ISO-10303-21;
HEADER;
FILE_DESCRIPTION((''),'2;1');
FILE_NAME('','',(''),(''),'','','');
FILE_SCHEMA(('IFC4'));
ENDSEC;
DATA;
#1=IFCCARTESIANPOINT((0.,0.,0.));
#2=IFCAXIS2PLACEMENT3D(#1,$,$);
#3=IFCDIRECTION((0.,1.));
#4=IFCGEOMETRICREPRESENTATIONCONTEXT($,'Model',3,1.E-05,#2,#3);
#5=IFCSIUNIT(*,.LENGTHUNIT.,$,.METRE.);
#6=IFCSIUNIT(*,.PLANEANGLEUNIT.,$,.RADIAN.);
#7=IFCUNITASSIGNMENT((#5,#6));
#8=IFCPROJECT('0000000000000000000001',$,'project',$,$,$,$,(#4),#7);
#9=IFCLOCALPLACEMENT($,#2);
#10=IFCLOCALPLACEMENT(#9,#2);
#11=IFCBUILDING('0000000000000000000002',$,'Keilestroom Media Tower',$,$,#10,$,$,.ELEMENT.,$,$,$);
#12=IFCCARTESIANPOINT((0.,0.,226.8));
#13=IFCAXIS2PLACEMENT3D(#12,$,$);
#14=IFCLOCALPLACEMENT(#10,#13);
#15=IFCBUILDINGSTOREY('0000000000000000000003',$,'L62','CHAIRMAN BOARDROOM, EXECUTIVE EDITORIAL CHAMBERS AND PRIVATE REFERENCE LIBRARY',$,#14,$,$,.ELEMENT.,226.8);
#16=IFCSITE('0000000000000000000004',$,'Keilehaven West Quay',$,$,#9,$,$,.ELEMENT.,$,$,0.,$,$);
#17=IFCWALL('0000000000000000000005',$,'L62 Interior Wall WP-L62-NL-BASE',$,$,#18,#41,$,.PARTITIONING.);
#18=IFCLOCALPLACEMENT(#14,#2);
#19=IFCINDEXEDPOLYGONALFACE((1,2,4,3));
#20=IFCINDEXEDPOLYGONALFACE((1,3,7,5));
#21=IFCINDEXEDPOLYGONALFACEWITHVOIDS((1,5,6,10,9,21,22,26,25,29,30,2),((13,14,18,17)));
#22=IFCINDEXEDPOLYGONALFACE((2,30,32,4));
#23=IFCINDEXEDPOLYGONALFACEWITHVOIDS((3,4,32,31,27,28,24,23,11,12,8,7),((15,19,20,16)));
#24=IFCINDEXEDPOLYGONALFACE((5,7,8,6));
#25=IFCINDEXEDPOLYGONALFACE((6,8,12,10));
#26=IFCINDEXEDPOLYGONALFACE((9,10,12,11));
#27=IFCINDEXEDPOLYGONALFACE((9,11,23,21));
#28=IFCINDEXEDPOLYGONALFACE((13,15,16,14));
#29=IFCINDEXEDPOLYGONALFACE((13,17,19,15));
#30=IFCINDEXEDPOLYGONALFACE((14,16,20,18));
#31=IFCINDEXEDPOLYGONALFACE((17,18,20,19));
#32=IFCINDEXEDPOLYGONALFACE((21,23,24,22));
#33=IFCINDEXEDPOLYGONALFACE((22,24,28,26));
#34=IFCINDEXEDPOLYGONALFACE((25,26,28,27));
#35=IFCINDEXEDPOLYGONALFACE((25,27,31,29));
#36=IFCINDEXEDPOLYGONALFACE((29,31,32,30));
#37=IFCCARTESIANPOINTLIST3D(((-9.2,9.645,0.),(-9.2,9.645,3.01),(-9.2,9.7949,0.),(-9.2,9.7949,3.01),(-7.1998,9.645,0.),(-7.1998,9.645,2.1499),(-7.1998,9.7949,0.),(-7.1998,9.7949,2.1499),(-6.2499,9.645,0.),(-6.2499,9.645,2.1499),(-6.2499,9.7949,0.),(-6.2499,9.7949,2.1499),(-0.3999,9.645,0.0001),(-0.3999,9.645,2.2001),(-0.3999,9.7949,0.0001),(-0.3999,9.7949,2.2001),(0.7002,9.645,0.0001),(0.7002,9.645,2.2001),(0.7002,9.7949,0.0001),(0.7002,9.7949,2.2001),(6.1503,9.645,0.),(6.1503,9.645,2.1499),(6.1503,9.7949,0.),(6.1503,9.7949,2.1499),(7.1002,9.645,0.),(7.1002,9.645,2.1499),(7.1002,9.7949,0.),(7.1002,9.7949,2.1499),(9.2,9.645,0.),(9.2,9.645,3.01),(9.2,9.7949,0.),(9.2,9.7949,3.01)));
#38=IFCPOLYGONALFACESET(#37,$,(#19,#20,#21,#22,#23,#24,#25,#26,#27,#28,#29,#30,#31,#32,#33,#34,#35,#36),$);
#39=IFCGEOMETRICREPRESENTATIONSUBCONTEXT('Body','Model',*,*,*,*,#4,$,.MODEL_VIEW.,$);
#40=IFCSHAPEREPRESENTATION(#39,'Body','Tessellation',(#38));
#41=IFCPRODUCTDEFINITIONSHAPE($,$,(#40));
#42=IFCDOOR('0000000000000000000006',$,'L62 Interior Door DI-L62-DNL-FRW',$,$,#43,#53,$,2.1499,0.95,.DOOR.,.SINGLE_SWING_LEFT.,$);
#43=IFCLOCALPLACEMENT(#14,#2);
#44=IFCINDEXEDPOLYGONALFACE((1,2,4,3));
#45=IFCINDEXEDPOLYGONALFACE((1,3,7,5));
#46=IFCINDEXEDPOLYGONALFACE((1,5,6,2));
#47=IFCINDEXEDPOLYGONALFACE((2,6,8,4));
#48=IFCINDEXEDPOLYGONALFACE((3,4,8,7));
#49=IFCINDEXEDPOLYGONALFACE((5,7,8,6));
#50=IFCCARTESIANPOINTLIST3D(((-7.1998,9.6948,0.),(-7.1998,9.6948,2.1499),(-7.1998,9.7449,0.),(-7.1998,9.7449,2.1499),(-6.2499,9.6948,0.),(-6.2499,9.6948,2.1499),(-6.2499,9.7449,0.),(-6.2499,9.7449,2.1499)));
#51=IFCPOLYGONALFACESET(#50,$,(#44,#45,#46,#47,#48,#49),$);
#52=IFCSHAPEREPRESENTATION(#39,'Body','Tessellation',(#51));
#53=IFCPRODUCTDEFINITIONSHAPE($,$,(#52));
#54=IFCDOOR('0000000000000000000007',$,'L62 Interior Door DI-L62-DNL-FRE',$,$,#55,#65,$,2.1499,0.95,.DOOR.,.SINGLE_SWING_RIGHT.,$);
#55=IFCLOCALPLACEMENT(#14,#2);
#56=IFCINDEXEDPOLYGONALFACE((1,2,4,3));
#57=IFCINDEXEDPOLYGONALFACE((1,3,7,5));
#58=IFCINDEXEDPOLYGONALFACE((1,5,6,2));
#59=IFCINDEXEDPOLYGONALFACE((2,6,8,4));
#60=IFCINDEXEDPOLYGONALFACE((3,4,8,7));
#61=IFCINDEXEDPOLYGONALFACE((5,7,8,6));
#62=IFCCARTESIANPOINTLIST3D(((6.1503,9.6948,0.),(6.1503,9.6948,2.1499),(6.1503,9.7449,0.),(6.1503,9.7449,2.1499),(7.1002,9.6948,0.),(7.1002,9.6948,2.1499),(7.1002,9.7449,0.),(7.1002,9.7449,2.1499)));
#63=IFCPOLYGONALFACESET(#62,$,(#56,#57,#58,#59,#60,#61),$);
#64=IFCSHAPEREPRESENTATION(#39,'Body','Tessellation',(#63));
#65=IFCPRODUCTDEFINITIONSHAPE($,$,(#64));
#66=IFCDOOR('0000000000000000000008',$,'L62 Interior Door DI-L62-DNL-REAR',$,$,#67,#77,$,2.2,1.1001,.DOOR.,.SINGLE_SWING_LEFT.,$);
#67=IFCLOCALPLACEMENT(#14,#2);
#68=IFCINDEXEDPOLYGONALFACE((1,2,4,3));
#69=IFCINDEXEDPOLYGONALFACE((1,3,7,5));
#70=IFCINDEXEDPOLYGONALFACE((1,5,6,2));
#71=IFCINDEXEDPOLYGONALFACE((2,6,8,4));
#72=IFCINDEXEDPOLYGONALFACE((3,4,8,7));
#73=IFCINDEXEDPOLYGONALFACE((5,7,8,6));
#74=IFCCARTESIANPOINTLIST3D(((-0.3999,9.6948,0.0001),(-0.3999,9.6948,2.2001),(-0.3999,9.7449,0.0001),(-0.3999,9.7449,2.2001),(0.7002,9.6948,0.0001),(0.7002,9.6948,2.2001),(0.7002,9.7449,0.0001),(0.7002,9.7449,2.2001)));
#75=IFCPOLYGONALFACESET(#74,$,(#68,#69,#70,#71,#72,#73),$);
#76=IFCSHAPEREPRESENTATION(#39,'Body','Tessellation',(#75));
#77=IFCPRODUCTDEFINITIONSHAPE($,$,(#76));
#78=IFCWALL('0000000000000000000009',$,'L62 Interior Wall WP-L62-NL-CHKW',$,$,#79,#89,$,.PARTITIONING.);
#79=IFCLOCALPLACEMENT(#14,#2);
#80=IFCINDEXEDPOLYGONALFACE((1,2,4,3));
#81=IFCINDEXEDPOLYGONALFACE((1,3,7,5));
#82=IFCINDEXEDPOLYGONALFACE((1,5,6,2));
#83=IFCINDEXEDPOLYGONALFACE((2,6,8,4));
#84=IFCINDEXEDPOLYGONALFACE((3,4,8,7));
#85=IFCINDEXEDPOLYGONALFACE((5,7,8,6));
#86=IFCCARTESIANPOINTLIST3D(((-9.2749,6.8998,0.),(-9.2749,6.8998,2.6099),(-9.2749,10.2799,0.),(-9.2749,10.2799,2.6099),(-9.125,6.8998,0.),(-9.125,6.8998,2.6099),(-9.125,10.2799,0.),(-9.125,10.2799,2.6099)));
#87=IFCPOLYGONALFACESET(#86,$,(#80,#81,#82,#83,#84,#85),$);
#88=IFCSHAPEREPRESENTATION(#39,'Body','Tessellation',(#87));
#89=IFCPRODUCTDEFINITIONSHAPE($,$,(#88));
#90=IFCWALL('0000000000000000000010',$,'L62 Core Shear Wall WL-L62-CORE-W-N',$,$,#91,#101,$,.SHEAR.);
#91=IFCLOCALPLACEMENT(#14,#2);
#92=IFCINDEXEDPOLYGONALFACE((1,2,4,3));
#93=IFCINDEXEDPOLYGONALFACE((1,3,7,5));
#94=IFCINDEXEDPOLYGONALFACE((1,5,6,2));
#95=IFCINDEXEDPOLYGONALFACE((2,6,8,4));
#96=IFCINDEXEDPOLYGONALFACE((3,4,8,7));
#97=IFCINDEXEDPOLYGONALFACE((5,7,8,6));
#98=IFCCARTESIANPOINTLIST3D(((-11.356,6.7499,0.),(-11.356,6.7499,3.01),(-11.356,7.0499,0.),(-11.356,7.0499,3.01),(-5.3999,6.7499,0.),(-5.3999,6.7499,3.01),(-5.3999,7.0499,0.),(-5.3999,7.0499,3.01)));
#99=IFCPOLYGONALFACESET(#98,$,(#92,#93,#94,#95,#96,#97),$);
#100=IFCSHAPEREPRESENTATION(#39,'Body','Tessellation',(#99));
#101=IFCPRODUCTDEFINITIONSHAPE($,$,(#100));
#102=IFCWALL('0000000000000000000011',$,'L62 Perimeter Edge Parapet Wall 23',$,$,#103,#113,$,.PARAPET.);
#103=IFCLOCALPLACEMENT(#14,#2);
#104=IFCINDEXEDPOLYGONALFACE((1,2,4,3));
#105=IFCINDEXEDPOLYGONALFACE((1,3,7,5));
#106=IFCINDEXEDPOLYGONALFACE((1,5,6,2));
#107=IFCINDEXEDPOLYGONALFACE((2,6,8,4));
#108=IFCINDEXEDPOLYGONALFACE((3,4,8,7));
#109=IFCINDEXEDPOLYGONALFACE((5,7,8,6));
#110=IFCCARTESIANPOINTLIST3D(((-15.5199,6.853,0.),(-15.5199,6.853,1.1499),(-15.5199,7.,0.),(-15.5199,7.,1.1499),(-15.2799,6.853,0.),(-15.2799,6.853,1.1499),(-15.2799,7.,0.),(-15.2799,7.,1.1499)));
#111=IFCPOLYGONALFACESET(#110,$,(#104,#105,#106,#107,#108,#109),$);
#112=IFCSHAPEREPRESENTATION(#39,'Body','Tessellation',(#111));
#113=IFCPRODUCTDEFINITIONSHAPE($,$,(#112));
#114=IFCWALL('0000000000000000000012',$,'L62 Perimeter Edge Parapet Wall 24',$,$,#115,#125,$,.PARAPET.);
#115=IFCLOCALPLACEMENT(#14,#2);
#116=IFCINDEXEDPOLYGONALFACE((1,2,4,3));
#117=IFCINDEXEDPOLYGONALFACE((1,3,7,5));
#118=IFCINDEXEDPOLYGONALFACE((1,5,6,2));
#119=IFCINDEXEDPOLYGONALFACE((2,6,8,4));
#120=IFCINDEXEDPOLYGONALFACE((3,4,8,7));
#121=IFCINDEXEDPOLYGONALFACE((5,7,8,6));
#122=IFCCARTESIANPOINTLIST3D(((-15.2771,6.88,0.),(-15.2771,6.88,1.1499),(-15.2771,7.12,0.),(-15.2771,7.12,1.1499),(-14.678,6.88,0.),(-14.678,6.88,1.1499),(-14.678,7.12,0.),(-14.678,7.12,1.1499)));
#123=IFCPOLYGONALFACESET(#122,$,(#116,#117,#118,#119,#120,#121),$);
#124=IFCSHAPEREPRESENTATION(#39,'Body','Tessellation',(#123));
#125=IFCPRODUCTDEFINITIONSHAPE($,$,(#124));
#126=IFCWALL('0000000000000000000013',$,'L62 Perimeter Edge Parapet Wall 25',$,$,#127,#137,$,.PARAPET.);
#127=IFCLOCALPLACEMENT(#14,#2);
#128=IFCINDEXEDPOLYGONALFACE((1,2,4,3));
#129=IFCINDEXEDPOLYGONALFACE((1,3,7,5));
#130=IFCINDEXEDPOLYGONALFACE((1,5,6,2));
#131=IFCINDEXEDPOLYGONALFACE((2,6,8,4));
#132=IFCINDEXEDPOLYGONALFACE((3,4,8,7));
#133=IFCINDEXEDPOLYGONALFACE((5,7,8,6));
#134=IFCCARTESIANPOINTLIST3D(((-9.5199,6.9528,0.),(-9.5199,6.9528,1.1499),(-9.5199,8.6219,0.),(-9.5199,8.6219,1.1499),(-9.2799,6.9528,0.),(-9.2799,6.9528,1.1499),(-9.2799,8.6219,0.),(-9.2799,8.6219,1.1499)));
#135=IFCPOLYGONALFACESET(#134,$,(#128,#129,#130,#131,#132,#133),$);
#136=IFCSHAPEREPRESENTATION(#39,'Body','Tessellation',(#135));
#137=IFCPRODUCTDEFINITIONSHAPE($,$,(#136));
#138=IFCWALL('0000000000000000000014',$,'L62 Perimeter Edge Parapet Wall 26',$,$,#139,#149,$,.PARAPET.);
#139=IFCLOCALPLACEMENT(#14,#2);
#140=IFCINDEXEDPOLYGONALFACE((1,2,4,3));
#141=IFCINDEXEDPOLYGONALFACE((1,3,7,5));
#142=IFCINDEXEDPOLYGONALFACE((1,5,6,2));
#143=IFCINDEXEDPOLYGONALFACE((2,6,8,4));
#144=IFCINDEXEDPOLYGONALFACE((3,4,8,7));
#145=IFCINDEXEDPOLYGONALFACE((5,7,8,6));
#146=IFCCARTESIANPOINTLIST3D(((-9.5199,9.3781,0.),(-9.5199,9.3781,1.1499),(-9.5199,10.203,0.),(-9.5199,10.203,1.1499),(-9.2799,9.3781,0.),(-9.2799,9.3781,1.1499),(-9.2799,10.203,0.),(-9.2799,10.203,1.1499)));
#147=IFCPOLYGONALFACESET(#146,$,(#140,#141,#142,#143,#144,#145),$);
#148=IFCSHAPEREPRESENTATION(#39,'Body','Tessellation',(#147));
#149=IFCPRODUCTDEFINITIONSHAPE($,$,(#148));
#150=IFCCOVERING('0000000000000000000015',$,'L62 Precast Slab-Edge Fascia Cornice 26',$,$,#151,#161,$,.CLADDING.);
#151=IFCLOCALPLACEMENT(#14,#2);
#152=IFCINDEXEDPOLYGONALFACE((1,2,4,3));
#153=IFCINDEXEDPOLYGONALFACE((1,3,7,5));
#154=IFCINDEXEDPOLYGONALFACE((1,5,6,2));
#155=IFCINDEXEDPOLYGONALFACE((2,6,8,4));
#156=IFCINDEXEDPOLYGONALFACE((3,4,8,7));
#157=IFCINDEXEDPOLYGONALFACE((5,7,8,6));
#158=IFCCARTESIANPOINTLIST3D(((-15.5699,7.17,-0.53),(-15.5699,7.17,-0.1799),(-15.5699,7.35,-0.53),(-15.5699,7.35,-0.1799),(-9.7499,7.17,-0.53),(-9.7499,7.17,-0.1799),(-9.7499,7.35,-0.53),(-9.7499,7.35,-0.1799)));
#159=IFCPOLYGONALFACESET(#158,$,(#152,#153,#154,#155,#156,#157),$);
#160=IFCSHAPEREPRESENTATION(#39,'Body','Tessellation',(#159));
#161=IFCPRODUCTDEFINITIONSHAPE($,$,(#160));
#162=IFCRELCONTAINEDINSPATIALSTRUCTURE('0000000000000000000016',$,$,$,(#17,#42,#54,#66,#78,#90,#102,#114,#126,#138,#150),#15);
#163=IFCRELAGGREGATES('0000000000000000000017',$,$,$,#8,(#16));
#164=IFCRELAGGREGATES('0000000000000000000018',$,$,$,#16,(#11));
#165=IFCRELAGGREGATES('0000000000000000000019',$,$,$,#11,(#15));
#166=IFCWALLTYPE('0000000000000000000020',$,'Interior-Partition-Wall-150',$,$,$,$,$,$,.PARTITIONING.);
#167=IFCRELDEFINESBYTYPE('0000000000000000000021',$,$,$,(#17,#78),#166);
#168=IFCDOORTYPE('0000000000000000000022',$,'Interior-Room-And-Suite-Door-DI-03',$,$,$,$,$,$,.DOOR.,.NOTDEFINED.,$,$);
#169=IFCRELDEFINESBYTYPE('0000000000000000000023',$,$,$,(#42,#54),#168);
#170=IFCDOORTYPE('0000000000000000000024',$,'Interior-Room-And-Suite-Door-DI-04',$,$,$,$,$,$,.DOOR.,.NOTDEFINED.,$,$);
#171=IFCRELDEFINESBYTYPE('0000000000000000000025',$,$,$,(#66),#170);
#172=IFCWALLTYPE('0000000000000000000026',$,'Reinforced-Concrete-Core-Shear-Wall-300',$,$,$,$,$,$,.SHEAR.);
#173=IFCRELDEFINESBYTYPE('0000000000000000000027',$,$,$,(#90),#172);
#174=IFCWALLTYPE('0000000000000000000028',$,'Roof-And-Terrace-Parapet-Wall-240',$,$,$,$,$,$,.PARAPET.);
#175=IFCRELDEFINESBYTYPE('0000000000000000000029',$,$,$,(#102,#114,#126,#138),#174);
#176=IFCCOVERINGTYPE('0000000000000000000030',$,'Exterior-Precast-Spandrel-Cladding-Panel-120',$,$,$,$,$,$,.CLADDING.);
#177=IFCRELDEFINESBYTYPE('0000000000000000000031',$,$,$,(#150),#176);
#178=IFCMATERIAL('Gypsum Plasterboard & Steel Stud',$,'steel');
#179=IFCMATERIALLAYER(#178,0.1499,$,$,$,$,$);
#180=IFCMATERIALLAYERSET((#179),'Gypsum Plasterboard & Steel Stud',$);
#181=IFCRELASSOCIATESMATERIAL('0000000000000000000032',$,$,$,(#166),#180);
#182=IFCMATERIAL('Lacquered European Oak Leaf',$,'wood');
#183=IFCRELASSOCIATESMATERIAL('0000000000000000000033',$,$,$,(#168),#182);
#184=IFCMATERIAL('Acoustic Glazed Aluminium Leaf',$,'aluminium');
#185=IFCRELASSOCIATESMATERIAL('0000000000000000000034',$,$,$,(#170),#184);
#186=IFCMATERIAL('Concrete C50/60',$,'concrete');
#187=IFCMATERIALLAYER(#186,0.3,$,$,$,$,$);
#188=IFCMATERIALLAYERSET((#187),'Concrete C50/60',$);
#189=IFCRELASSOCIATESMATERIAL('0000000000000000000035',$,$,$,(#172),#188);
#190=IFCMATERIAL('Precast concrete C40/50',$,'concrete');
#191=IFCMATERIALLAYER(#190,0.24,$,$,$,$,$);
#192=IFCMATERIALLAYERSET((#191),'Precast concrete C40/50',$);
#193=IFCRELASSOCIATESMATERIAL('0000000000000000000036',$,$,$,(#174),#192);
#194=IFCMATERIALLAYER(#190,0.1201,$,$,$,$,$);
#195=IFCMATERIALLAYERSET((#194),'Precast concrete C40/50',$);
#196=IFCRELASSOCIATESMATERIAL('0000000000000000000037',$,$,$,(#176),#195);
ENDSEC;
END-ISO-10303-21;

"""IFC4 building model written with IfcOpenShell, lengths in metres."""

from ifc_helpers import new_model, si_unit, direction, frame, frame_2d, origin, origin_2d, place, context, subcontext, project, spatial, rectangle, extrude, source, transform, mapped, material, layer, layer_set, type_object, element, fill, save


model = new_model("IFC4")

# Units and contexts
model_context = context("Model", 3, precision=1e-05, world=origin(), true_north=direction((0.0, 1.0)))
body_context = subcontext(model_context, "Body", "Model", "MODEL_VIEW")
ifc_project = project(units=[si_unit("LENGTHUNIT", "METRE"), si_unit("PLANEANGLEUNIT", "RADIAN")], contexts=[model_context])

# Site, building, storey
site_placement = place(None, origin())
site = spatial("IfcSite", under=ifc_project, at=site_placement, Name="Keilehaven West Quay", CompositionType="ELEMENT", RefElevation=0.0)
building_placement = place(site_placement, origin())
building = spatial("IfcBuilding", under=site, at=building_placement, Name="Keilestroom Media Tower", CompositionType="ELEMENT")
storey_placement = place(building_placement, frame((0.0, 0.0, 226.8)))
storey = spatial("IfcBuildingStorey", under=building, at=storey_placement, Name="L62", Description="CHAIRMAN BOARDROOM, EXECUTIVE EDITORIAL CHAMBERS AND PRIVATE REFERENCE LIBRARY", CompositionType="ELEMENT", Elevation=226.8)

# Shared definitions
ifc_material_1 = material(Name="Precast concrete C40/50", Category="concrete")
ifc_material_2 = material(Name="Concrete C50/60", Category="concrete")

# Shared definitions
ifc_material_3 = material(Name="Gypsum Plasterboard & Steel Stud", Category="steel")

# Wall, openings, doors
ifc_layer_1 = layer(ifc_material_3, 0.1499)
ifc_layer_set_1 = layer_set([ifc_layer_1], Name="Gypsum Plasterboard & Steel Stud")
wall_type_1 = type_object("IfcWallType", Name="Interior-Partition-Wall-150", PredefinedType="PARTITIONING", material=ifc_layer_set_1)
wall_1_placement = place(storey_placement, frame((-9.2, 9.72, 0.0), z_axis=(0.0, 0.0, 1.0), x_axis=(1.0, 0.0, 0.0)))
wall_1 = element("IfcWall", 1, at=wall_1_placement, inside=storey, type_object=wall_type_1, Name="L62 Interior Wall WP-L62-NL-BASE", PredefinedType="PARTITIONING", context=body_context, shape_type="SweptSolid", body=[
    extrude(rectangle(XDim=18.3999, YDim=0.1499, at=frame_2d((9.2, 0.0))), origin(), (0.0, 0.0, 1.0), 3.01),
])
opening_1_placement = place(wall_1_placement, frame((2.0, 0.0, 0.0)))
opening_1 = element("IfcOpeningElement", 2, at=opening_1_placement, cuts=wall_1, PredefinedType="OPENING", context=body_context, shape_type="SweptSolid", body=[
    extrude(rectangle(XDim=0.95, YDim=2.1499, at=frame_2d((0.4751, 1.075))), frame((0.0, 0.085, 0.0), z_axis=(0.0, -1.0, 0.0), x_axis=(1.0, 0.0, 0.0)), (0.0, 0.0, 1.0), 0.1699),
])
opening_2_placement = place(wall_1_placement, frame((15.3501, 0.0, 0.0)))
opening_2 = element("IfcOpeningElement", 3, at=opening_2_placement, cuts=wall_1, PredefinedType="OPENING", context=body_context, shape_type="SweptSolid", body=[
    extrude(rectangle(XDim=0.95, YDim=2.1499, at=frame_2d((0.4751, 1.075))), frame((0.0, 0.085, 0.0), z_axis=(0.0, -1.0, 0.0), x_axis=(1.0, 0.0, 0.0)), (0.0, 0.0, 1.0), 0.1699),
])
opening_3_placement = place(wall_1_placement, frame((8.8, 0.0, 0.0)))
opening_3 = element("IfcOpeningElement", 4, at=opening_3_placement, cuts=wall_1, PredefinedType="OPENING", context=body_context, shape_type="SweptSolid", body=[
    extrude(rectangle(XDim=1.1001, YDim=2.2, at=frame_2d((0.55, 1.1001))), frame((0.0, 0.085, 0.0), z_axis=(0.0, -1.0, 0.0), x_axis=(1.0, 0.0, 0.0)), (0.0, 0.0, 1.0), 0.1699),
])
ifc_material_4 = material(Name="Lacquered European Oak Leaf", Category="wood")
door_type_1 = type_object("IfcDoorType", Name="Interior-Room-And-Suite-Door-DI-03", OperationType="NOTDEFINED", PredefinedType="DOOR", material=ifc_material_4)
shared_shape_1 = source(origin(), body_context, "Body", "SweptSolid", [
    extrude(rectangle(XDim=0.95, YDim=2.1499, at=frame_2d((0.4751, 1.075))), frame((0.0, 0.0249, 0.0), z_axis=(0.0, -1.0, 0.0), x_axis=(1.0, 0.0, 0.0)), (0.0, 0.0, 1.0), 0.05),
])
door_1_placement = place(opening_1_placement, origin())
door_1 = element("IfcDoor", 5, at=door_1_placement, inside=storey, type_object=door_type_1, Name="L62 Interior Door DI-L62-DNL-FRW", OperationType="SINGLE_SWING_LEFT", OverallHeight=2.1499, OverallWidth=0.95, PredefinedType="DOOR", context=body_context, shape_type="MappedRepresentation", body=[
    mapped(shared_shape_1, transform((0.0, 0.0, 0.0), x_axis=(1.0, 0.0, 0.0), y_axis=(0.0, 1.0, 0.0), z_axis=(0.0, 0.0, 1.0), scale=1.0)),
])
fill(opening_1, door_1)
door_2_placement = place(opening_2_placement, origin())
door_2 = element("IfcDoor", 6, at=door_2_placement, inside=storey, type_object=door_type_1, Name="L62 Interior Door DI-L62-DNL-FRE", OperationType="SINGLE_SWING_RIGHT", OverallHeight=2.1499, OverallWidth=0.95, PredefinedType="DOOR", context=body_context, shape_type="MappedRepresentation", body=[
    mapped(shared_shape_1, transform((0.0, 0.0, 0.0), x_axis=(1.0, 0.0, 0.0), y_axis=(0.0, 1.0, 0.0), z_axis=(0.0, 0.0, 1.0), scale=1.0)),
])
fill(opening_2, door_2)
ifc_material_5 = material(Name="Acoustic Glazed Aluminium Leaf", Category="aluminium")
door_type_2 = type_object("IfcDoorType", Name="Interior-Room-And-Suite-Door-DI-04", OperationType="NOTDEFINED", PredefinedType="DOOR", material=ifc_material_5)
shared_shape_2 = source(origin(), body_context, "Body", "SweptSolid", [
    extrude(rectangle(XDim=1.1001, YDim=2.2, at=frame_2d((0.55, 1.1001))), frame((0.0, 0.0249, 0.0), z_axis=(0.0, -1.0, 0.0), x_axis=(1.0, 0.0, 0.0)), (0.0, 0.0, 1.0), 0.05),
])
door_3_placement = place(opening_3_placement, origin())
door_3 = element("IfcDoor", 7, at=door_3_placement, inside=storey, type_object=door_type_2, Name="L62 Interior Door DI-L62-DNL-REAR", OperationType="SINGLE_SWING_LEFT", OverallHeight=2.2, OverallWidth=1.1001, PredefinedType="DOOR", context=body_context, shape_type="MappedRepresentation", body=[
    mapped(shared_shape_2, transform((0.0, 0.0, 0.0), x_axis=(1.0, 0.0, 0.0), y_axis=(0.0, 1.0, 0.0), z_axis=(0.0, 0.0, 1.0), scale=1.0)),
])
fill(opening_3, door_3)

# Walls
wall_2_placement = place(storey_placement, frame((-9.2, 6.8999, 0.0), z_axis=(0.0, 0.0, 1.0), x_axis=(0.0, 1.0, 0.0)))
element("IfcWall", 8, at=wall_2_placement, inside=storey, type_object=wall_type_1, Name="L62 Interior Wall WP-L62-NL-CHKW", PredefinedType="PARTITIONING", context=body_context, shape_type="SweptSolid", body=[
    extrude(rectangle(XDim=3.3801, YDim=0.1499, at=frame_2d((1.6899, 0.0))), origin(), (0.0, 0.0, 1.0), 2.6099),
])
ifc_layer_2 = layer(ifc_material_2, 0.3)
ifc_layer_set_2 = layer_set([ifc_layer_2], Name="Concrete C50/60")
wall_type_2 = type_object("IfcWallType", Name="Reinforced-Concrete-Core-Shear-Wall-300", PredefinedType="SHEAR", material=ifc_layer_set_2)
wall_3_placement = place(storey_placement, frame((-11.356, 6.8999, 0.0), z_axis=(0.0, 0.0, 1.0), x_axis=(1.0, 0.0, 0.0)))
element("IfcWall", 9, at=wall_3_placement, inside=storey, type_object=wall_type_2, Name="L62 Core Shear Wall WL-L62-CORE-W-N", PredefinedType="SHEAR", context=body_context, shape_type="SweptSolid", body=[
    extrude(rectangle(XDim=5.9561, YDim=0.3, at=frame_2d((2.978, 0.0))), origin(), (0.0, 0.0, 1.0), 3.01),
])
ifc_layer_3 = layer(ifc_material_1, 0.24)
ifc_layer_set_3 = layer_set([ifc_layer_3], Name="Precast concrete C40/50")
wall_type_3 = type_object("IfcWallType", Name="Roof-And-Terrace-Parapet-Wall-240", PredefinedType="PARAPET", material=ifc_layer_set_3)
wall_4_placement = place(storey_placement, frame((-15.3999, 6.853, 0.0), z_axis=(0.0, 0.0, 1.0), x_axis=(0.0, 1.0, 0.0)))
element("IfcWall", 10, at=wall_4_placement, inside=storey, type_object=wall_type_3, Name="L62 Perimeter Edge Parapet Wall 23", PredefinedType="PARAPET", context=body_context, shape_type="SweptSolid", body=[
    extrude(rectangle(XDim=0.147, YDim=0.24, at=frame_2d((0.0735, 0.0))), origin(), (0.0, 0.0, 1.0), 1.1499),
])
wall_5_placement = place(storey_placement, frame((-15.2771, 7.0, 0.0), z_axis=(0.0, 0.0, 1.0), x_axis=(1.0, 0.0, 0.0)))
element("IfcWall", 11, at=wall_5_placement, inside=storey, type_object=wall_type_3, Name="L62 Perimeter Edge Parapet Wall 24", PredefinedType="PARAPET", context=body_context, shape_type="SweptSolid", body=[
    extrude(rectangle(XDim=0.5991, YDim=0.24, at=frame_2d((0.2996, 0.0))), origin(), (0.0, 0.0, 1.0), 1.1499),
])
wall_6_placement = place(storey_placement, frame((-9.3999, 6.9529, 0.0), z_axis=(0.0, 0.0, 1.0), x_axis=(0.0, 1.0, 0.0)))
element("IfcWall", 12, at=wall_6_placement, inside=storey, type_object=wall_type_3, Name="L62 Perimeter Edge Parapet Wall 25", PredefinedType="PARAPET", context=body_context, shape_type="SweptSolid", body=[
    extrude(rectangle(XDim=1.6692, YDim=0.24, at=frame_2d((0.8345, 0.0))), origin(), (0.0, 0.0, 1.0), 1.1499),
])
wall_7_placement = place(storey_placement, frame((-9.3999, 9.3779, 0.0), z_axis=(0.0, 0.0, 1.0), x_axis=(0.0, 1.0, 0.0)))
element("IfcWall", 13, at=wall_7_placement, inside=storey, type_object=wall_type_3, Name="L62 Perimeter Edge Parapet Wall 26", PredefinedType="PARAPET", context=body_context, shape_type="SweptSolid", body=[
    extrude(rectangle(XDim=0.825, YDim=0.24, at=frame_2d((0.4126, 0.0))), origin(), (0.0, 0.0, 1.0), 1.1499),
])

# Covering
ifc_layer_4 = layer(ifc_material_1, 0.1201)
ifc_layer_set_4 = layer_set([ifc_layer_4], Name="Precast concrete C40/50")
covering_type = type_object("IfcCoveringType", Name="Exterior-Precast-Spandrel-Cladding-Panel-120", PredefinedType="CLADDING", material=ifc_layer_set_4)
shared_shape_3 = source(origin(), body_context, "Body", "SweptSolid", [
    extrude(rectangle(XDim=5.8201, YDim=0.1799, at=origin_2d()), origin(), (0.0, 0.0, 1.0), 0.3501),
])
covering_1_placement = place(storey_placement, frame((-12.6599, 7.26, -0.53), z_axis=(0.0, 0.0, 1.0), x_axis=(1.0, 0.0, 0.0)))
element("IfcCovering", 14, at=covering_1_placement, inside=storey, type_object=covering_type, Name="L62 Precast Slab-Edge Fascia Cornice 26", PredefinedType="CLADDING", context=body_context, shape_type="MappedRepresentation", body=[
    mapped(shared_shape_3, transform((0.0, 0.0, 0.0), x_axis=(1.0, 0.0, 0.0), y_axis=(0.0, 1.0, 0.0), z_axis=(0.0, 0.0, 1.0), scale=1.0)),
])

save(model, "model.ifc")
